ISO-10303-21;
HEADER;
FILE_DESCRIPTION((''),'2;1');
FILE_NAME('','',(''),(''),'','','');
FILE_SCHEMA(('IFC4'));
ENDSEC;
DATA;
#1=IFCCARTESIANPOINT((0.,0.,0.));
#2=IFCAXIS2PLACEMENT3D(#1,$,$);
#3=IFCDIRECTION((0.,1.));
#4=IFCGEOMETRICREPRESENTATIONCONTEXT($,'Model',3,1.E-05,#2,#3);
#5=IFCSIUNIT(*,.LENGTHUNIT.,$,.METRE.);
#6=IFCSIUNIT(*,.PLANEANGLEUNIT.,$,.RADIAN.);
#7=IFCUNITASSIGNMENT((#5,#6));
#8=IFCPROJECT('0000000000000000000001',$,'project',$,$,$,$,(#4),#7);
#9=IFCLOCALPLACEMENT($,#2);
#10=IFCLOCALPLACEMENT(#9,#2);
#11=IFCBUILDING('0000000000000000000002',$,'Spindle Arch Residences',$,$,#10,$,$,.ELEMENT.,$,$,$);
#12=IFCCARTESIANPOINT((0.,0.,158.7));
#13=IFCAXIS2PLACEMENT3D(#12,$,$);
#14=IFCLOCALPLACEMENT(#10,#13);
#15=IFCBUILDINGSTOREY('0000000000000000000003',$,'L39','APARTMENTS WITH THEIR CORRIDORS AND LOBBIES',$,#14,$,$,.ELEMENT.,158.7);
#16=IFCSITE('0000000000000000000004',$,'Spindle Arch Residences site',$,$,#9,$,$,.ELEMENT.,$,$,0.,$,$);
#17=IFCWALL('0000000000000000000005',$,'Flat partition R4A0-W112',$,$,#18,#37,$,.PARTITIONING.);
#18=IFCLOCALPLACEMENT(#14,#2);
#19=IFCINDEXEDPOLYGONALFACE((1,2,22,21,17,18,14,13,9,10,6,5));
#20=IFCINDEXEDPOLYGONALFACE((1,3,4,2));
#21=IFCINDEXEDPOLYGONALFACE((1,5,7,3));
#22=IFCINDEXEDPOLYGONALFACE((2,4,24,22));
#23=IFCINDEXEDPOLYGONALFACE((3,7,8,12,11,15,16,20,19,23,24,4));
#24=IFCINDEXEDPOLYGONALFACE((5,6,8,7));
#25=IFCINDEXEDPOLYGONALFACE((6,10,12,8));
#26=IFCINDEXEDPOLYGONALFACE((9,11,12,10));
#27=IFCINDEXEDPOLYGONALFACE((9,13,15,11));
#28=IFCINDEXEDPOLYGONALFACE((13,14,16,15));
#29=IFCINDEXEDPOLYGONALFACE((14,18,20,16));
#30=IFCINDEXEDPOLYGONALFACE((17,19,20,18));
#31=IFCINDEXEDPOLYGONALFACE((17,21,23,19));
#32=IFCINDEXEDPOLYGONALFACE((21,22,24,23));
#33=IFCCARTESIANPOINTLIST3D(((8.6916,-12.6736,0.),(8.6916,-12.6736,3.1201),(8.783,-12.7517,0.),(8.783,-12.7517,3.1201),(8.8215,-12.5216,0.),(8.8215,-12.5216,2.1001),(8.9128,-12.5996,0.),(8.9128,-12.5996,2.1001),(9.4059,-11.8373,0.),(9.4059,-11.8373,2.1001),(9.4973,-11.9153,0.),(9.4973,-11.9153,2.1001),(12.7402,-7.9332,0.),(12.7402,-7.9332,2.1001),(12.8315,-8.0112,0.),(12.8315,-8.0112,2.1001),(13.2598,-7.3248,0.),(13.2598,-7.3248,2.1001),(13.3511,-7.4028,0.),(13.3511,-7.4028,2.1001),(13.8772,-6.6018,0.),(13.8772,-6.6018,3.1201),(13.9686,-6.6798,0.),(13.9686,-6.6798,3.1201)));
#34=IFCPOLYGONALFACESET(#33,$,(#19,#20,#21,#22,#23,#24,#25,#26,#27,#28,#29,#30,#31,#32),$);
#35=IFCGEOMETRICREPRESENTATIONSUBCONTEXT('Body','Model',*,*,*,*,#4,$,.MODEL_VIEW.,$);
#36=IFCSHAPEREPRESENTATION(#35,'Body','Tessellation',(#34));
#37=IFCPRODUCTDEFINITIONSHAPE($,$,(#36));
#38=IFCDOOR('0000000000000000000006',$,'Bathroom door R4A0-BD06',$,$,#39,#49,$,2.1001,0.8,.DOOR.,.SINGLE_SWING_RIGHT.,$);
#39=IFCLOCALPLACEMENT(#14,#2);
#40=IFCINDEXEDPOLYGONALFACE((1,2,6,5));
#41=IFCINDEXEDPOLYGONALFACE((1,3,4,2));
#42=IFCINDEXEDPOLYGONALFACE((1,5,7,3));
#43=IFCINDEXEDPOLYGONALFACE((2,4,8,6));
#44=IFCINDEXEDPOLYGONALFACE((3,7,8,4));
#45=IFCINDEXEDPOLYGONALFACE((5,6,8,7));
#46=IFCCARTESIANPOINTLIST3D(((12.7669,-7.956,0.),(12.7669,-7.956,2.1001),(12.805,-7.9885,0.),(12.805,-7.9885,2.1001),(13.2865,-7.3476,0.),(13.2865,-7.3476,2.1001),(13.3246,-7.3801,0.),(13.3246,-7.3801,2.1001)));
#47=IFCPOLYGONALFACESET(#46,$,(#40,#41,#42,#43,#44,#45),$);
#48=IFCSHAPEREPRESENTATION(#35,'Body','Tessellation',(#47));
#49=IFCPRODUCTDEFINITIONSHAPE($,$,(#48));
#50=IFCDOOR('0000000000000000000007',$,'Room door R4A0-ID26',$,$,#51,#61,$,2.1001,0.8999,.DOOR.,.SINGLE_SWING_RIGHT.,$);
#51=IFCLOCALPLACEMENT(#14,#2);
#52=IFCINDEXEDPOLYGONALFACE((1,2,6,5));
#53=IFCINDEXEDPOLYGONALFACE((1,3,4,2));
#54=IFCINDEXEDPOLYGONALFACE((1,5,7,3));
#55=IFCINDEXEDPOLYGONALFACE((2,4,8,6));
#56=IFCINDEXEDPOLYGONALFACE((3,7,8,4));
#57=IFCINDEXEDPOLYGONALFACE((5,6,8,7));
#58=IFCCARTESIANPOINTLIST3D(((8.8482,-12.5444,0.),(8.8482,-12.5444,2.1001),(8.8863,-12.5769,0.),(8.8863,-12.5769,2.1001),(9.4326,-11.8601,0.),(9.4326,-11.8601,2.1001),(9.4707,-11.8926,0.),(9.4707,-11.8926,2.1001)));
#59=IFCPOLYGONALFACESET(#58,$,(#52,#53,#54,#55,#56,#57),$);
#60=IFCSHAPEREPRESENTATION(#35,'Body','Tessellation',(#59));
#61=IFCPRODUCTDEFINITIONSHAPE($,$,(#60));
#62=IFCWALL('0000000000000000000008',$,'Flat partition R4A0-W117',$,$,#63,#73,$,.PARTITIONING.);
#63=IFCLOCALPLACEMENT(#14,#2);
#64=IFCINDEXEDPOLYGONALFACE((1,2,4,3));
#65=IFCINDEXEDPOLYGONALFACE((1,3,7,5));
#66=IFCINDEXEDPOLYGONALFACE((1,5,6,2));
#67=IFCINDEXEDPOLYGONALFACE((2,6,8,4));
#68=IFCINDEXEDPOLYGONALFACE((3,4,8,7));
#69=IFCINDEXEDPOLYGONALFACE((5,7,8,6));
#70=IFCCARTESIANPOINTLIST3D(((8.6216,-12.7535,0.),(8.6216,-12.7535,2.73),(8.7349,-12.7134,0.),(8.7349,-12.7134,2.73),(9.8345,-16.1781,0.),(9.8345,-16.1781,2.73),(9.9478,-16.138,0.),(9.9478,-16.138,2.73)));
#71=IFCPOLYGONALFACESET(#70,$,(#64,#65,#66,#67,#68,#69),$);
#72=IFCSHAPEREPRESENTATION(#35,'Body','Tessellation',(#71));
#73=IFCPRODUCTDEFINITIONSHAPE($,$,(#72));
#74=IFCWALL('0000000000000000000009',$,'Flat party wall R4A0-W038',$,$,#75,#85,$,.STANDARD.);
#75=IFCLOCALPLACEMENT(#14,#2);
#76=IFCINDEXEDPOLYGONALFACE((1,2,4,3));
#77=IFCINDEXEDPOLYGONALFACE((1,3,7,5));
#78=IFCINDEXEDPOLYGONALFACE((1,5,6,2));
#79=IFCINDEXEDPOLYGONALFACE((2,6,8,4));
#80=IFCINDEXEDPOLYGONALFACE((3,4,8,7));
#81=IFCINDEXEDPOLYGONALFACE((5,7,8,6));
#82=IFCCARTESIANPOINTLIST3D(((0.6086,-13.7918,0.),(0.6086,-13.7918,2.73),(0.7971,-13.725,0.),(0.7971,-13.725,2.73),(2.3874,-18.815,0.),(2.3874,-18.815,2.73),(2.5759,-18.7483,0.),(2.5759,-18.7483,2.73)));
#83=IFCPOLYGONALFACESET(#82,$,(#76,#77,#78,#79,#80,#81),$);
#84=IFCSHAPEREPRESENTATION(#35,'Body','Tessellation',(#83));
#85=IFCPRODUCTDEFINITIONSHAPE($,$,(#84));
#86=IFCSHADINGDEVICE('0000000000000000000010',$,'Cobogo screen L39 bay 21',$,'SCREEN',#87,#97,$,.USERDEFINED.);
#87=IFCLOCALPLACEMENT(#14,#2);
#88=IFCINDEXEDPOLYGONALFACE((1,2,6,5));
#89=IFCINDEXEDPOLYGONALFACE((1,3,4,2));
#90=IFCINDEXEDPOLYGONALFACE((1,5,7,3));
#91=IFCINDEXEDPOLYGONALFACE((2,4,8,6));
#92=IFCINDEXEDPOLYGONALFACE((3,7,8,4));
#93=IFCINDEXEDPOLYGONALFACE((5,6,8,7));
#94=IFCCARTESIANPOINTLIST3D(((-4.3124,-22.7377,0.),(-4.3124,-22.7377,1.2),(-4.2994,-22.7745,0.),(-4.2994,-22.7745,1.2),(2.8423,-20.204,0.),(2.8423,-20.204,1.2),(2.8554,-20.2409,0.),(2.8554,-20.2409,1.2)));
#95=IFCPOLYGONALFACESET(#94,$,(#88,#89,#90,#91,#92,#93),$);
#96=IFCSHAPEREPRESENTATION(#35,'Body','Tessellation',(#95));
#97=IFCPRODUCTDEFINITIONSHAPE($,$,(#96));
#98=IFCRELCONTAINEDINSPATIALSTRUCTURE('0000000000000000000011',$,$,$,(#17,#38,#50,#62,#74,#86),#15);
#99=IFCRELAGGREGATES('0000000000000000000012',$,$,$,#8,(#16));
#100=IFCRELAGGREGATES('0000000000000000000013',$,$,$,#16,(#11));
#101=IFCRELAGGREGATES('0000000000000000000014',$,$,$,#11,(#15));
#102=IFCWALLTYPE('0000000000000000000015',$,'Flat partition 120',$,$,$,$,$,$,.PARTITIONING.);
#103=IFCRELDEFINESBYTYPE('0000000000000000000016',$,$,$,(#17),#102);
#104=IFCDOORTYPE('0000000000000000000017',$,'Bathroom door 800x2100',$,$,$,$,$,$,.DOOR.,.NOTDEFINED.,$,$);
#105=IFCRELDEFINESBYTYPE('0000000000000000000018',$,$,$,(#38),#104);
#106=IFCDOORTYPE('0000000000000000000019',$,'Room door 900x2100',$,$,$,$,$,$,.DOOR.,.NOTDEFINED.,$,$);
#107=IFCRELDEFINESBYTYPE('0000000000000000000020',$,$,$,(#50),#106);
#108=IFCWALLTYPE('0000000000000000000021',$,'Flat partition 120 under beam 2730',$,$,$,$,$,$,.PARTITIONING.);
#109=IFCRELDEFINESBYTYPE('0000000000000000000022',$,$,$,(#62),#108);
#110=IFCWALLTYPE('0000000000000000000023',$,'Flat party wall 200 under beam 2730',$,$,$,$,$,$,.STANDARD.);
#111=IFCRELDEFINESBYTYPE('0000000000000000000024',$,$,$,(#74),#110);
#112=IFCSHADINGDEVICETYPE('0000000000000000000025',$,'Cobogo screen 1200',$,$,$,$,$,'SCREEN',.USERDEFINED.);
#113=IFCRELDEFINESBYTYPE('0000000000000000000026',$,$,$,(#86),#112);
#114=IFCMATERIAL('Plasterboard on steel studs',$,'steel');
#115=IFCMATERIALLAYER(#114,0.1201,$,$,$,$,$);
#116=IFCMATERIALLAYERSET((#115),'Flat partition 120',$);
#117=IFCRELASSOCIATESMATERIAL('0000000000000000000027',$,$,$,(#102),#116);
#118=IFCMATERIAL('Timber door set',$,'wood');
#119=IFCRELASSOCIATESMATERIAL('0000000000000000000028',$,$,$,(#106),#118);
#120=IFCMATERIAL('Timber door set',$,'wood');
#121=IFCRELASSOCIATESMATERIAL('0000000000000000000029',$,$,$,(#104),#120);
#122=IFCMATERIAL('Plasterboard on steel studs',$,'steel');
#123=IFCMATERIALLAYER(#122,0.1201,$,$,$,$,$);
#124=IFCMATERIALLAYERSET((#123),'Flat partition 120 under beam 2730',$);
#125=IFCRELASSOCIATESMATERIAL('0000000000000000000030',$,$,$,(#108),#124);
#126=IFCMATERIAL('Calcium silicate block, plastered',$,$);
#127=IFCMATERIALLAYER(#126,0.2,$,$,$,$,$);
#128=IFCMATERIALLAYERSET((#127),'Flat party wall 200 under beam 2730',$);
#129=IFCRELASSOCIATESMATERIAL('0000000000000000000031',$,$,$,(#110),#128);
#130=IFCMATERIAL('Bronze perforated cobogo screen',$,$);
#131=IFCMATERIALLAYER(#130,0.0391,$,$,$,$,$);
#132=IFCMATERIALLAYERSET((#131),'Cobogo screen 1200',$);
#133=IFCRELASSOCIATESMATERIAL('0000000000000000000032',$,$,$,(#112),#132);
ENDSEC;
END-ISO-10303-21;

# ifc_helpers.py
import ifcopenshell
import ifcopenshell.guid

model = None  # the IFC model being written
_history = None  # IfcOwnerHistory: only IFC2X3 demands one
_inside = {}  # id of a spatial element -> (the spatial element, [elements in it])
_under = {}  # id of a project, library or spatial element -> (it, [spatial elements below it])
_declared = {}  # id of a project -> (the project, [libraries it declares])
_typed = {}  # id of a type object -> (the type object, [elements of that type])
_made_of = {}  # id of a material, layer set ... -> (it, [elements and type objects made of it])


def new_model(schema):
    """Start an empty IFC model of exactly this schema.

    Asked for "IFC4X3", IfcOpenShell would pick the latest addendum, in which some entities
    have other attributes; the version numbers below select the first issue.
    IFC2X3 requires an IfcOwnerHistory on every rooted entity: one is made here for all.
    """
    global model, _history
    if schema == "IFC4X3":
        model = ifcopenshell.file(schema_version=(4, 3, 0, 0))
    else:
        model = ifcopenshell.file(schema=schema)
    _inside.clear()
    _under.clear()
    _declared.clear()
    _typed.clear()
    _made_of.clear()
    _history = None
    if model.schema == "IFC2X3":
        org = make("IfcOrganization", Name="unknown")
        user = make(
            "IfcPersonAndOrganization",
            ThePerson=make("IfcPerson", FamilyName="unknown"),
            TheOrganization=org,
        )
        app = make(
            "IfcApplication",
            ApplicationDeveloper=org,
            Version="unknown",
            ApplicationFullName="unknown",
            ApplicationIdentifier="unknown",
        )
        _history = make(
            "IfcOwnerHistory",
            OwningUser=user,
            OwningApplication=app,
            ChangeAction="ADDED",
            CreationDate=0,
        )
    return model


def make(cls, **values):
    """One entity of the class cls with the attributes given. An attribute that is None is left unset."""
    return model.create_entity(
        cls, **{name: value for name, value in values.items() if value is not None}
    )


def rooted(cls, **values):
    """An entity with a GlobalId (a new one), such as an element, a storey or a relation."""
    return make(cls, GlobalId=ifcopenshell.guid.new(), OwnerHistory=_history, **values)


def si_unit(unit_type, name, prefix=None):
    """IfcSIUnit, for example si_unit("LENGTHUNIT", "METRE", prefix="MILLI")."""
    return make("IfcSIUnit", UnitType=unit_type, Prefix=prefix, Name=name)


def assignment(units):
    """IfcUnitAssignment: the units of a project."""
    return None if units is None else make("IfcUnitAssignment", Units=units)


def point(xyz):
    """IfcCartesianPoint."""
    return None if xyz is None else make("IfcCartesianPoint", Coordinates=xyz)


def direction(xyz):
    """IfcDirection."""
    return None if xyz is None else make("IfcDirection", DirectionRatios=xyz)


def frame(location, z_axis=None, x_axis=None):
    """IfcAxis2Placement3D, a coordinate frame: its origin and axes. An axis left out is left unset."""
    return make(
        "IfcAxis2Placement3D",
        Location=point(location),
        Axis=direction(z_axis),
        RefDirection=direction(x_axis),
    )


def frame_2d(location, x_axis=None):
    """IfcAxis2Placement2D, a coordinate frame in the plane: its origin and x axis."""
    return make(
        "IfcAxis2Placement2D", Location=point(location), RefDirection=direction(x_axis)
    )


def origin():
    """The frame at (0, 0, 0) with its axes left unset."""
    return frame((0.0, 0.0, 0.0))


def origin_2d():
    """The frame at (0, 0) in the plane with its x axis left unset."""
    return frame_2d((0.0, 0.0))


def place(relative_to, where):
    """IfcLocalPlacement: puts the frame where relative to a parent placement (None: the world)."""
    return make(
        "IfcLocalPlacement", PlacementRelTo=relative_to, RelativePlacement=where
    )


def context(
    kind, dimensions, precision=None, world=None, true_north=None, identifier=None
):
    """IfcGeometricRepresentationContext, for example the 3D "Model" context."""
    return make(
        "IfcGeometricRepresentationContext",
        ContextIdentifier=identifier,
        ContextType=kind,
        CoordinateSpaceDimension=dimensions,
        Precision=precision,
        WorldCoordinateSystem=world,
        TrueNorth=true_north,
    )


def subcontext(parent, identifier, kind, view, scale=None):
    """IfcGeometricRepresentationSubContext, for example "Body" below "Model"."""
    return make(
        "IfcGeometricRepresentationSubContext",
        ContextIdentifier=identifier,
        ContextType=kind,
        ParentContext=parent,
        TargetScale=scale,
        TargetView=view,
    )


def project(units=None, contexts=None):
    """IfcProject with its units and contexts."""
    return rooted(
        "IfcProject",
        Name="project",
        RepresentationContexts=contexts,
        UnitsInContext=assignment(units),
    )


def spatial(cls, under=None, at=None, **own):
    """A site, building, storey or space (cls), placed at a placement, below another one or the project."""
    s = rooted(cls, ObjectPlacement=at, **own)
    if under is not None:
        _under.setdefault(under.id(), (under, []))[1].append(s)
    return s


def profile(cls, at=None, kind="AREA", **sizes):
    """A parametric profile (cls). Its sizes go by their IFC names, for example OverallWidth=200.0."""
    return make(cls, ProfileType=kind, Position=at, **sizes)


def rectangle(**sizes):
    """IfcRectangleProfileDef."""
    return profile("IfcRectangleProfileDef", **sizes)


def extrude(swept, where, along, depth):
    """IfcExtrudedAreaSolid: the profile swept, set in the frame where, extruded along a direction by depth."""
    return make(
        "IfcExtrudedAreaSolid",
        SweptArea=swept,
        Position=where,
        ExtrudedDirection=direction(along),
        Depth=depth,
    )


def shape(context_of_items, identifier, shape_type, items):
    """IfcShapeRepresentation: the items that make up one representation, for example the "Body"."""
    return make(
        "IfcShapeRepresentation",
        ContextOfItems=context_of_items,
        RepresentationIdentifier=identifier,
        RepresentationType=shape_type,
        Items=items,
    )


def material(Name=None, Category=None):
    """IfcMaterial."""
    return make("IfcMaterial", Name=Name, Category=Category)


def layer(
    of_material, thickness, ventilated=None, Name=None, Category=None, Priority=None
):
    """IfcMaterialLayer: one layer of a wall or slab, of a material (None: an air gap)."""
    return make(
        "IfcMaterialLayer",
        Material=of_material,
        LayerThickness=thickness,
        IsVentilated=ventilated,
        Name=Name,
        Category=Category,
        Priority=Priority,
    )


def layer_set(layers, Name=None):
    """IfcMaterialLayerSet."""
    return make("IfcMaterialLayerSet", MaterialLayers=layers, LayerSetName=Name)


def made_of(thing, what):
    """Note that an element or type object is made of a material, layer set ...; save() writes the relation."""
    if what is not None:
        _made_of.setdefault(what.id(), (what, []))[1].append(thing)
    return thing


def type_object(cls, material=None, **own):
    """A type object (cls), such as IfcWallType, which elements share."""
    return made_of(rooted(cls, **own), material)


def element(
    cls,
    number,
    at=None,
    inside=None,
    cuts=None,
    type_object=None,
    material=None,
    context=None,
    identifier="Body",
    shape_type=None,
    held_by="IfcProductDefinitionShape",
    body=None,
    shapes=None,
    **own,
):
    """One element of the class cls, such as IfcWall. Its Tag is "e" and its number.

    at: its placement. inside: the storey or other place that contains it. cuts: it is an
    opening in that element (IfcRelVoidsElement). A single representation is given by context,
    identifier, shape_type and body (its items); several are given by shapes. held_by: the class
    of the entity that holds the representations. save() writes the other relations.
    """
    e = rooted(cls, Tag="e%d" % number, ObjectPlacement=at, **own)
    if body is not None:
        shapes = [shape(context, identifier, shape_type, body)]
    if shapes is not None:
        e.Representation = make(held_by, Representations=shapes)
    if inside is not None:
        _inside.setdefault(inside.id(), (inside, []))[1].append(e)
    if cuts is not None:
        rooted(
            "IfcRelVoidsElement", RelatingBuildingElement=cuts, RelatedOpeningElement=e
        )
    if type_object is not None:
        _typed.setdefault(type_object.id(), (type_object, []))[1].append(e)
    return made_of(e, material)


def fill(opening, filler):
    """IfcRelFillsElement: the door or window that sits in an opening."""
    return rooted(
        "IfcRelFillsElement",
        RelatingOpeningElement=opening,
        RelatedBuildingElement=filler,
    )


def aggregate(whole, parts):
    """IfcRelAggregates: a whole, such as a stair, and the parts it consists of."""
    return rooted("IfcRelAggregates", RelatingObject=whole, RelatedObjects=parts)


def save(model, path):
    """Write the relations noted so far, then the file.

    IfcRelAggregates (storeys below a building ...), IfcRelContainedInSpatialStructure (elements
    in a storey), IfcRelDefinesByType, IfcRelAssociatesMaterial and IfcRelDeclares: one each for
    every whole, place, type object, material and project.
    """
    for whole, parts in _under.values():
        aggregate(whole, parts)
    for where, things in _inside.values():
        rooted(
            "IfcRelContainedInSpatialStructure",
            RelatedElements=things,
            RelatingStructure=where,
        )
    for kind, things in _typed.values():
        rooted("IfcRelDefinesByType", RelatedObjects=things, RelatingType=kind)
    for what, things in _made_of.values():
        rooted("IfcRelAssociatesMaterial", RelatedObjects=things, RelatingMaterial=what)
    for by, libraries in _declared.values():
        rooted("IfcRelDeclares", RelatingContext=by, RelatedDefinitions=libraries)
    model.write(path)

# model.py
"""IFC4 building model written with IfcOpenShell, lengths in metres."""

from ifc_helpers import new_model, si_unit, direction, frame, frame_2d, origin, origin_2d, place, context, subcontext, project, spatial, rectangle, extrude, material, layer, layer_set, type_object, element, fill, save


model = new_model("IFC4")

# Units and contexts
model_context = context("Model", 3, precision=1e-05, world=origin(), true_north=direction((0.0, 1.0)))
body_context = subcontext(model_context, "Body", "Model", "MODEL_VIEW")
ifc_project = project(units=[si_unit("LENGTHUNIT", "METRE"), si_unit("PLANEANGLEUNIT", "RADIAN")], contexts=[model_context])

# Site, building, storey
site_placement = place(None, origin())
site = spatial("IfcSite", under=ifc_project, at=site_placement, Name="Spindle Arch Residences site", CompositionType="ELEMENT", RefElevation=0.0)
building_placement = place(site_placement, origin())
building = spatial("IfcBuilding", under=site, at=building_placement, Name="Spindle Arch Residences", CompositionType="ELEMENT")
storey_placement = place(building_placement, frame((0.0, 0.0, 158.7)))
storey = spatial("IfcBuildingStorey", under=building, at=storey_placement, Name="L39", Description="APARTMENTS WITH THEIR CORRIDORS AND LOBBIES", CompositionType="ELEMENT", Elevation=158.7)

# Shared definitions
ifc_material_1 = material(Name="Plasterboard on steel studs", Category="steel")
ifc_layer_1 = layer(ifc_material_1, 0.1201)
ifc_layer_set_1 = layer_set([ifc_layer_1], Name="Flat partition 120")
wall_type_1 = type_object("IfcWallType", Name="Flat partition 120", PredefinedType="PARTITIONING", material=ifc_layer_set_1)
ifc_material_2 = material(Name="Timber door set", Category="wood")
door_type_1 = type_object("IfcDoorType", Name="Room door 900x2100", OperationType="NOTDEFINED", PredefinedType="DOOR", material=ifc_material_2)

# Wall, openings, doors
wall_1_placement = place(storey_placement, frame((8.7373, -12.7126, 0.0), z_axis=(0.0, 0.0, 1.0), x_axis=(0.649431, 0.760421, 0.0)))
wall_1 = element("IfcWall", 1, at=wall_1_placement, inside=storey, type_object=wall_type_1, Name="Flat partition R4A0-W112", PredefinedType="PARTITIONING", context=body_context, shape_type="SweptSolid", body=[
    extrude(rectangle(XDim=7.9849, YDim=0.1201, at=frame_2d((3.9924, 0.0))), origin(), (0.0, 0.0, 1.0), 3.1201),
])
opening_1_placement = place(wall_1_placement, frame((0.2, 0.0, 0.0)))
opening_1 = element("IfcOpeningElement", 2, at=opening_1_placement, cuts=wall_1, PredefinedType="OPENING", context=body_context, shape_type="SweptSolid", body=[
    extrude(rectangle(XDim=0.8999, YDim=2.1001, at=frame_2d((0.45, 1.05))), frame((0.0, 0.0701, 0.0), z_axis=(0.0, -1.0, 0.0), x_axis=(1.0, 0.0, 0.0)), (0.0, 0.0, 1.0), 0.1401),
])
opening_2_placement = place(wall_1_placement, frame((6.2341, 0.0, 0.0)))
opening_2 = element("IfcOpeningElement", 3, at=opening_2_placement, cuts=wall_1, PredefinedType="OPENING", context=body_context, shape_type="SweptSolid", body=[
    extrude(rectangle(XDim=0.8, YDim=2.1001, at=frame_2d((0.3999, 1.05))), frame((0.0, 0.0701, 0.0), z_axis=(0.0, -1.0, 0.0), x_axis=(1.0, 0.0, 0.0)), (0.0, 0.0, 1.0), 0.1401),
])
ifc_material_3 = material(Name="Timber door set", Category="wood")
door_type_2 = type_object("IfcDoorType", Name="Bathroom door 800x2100", OperationType="NOTDEFINED", PredefinedType="DOOR", material=ifc_material_3)
door_1_placement = place(opening_2_placement, origin())
door_1 = element("IfcDoor", 4, at=door_1_placement, inside=storey, type_object=door_type_2, Name="Bathroom door R4A0-BD06", OperationType="SINGLE_SWING_RIGHT", OverallHeight=2.1001, OverallWidth=0.8, PredefinedType="DOOR", context=body_context, shape_type="SweptSolid", body=[
    extrude(rectangle(XDim=0.8, YDim=2.1001, at=frame_2d((0.3999, 1.05))), frame((0.0, 0.0249, 0.0), z_axis=(0.0, -1.0, 0.0), x_axis=(1.0, 0.0, 0.0)), (0.0, 0.0, 1.0), 0.05),
])
fill(opening_2, door_1)
door_2_placement = place(opening_1_placement, origin())
door_2 = element("IfcDoor", 5, at=door_2_placement, inside=storey, type_object=door_type_1, Name="Room door R4A0-ID26", OperationType="SINGLE_SWING_RIGHT", OverallHeight=2.1001, OverallWidth=0.8999, PredefinedType="DOOR", context=body_context, shape_type="SweptSolid", body=[
    extrude(rectangle(XDim=0.8999, YDim=2.1001, at=frame_2d((0.45, 1.05))), frame((0.0, 0.0249, 0.0), z_axis=(0.0, -1.0, 0.0), x_axis=(1.0, 0.0, 0.0)), (0.0, 0.0, 1.0), 0.05),
])
fill(opening_1, door_2)

# Walls
ifc_material_4 = material(Name="Plasterboard on steel studs", Category="steel")
ifc_layer_2 = layer(ifc_material_4, 0.1201)
ifc_layer_set_2 = layer_set([ifc_layer_2], Name="Flat partition 120 under beam 2730")
wall_type_2 = type_object("IfcWallType", Name="Flat partition 120 under beam 2730", PredefinedType="PARTITIONING", material=ifc_layer_set_2)
wall_2_placement = place(storey_placement, frame((9.8911, -16.158, 0.0), z_axis=(0.0, 0.0, 1.0), x_axis=(-0.333853, 0.942625, 0.0)))
element("IfcWall", 6, at=wall_2_placement, inside=storey, type_object=wall_type_2, Name="Flat partition R4A0-W117", PredefinedType="PARTITIONING", context=body_context, shape_type="SweptSolid", body=[
    extrude(rectangle(XDim=3.6331, YDim=0.1201, at=frame_2d((1.8164, 0.0))), origin(), (0.0, 0.0, 1.0), 2.73),
])
ifc_material_5 = material(Name="Calcium silicate block, plastered")
ifc_layer_3 = layer(ifc_material_5, 0.2)
ifc_layer_set_3 = layer_set([ifc_layer_3], Name="Flat party wall 200 under beam 2730")
wall_type_3 = type_object("IfcWallType", Name="Flat party wall 200 under beam 2730", PredefinedType="STANDARD", material=ifc_layer_set_3)
wall_3_placement = place(storey_placement, frame((2.4817, -18.7817, 0.0), z_axis=(0.0, 0.0, 1.0), x_axis=(-0.333807, 0.942641, 0.0)))
element("IfcWall", 7, at=wall_3_placement, inside=storey, type_object=wall_type_3, Name="Flat party wall R4A0-W038", PredefinedType="STANDARD", context=body_context, shape_type="SweptSolid", body=[
    extrude(rectangle(XDim=5.3289, YDim=0.2, at=frame_2d((2.6646, 0.0))), origin(), (0.0, 0.0, 1.0), 2.73),
])

# Shading device
ifc_material_6 = material(Name="Bronze perforated cobogo screen")
ifc_layer_4 = layer(ifc_material_6, 0.0391)
ifc_layer_set_4 = layer_set([ifc_layer_4], Name="Cobogo screen 1200")
shading_device_type = type_object("IfcShadingDeviceType", Name="Cobogo screen 1200", ElementType="SCREEN", PredefinedType="USERDEFINED", material=ifc_layer_set_4)
shading_device_placement = place(storey_placement, frame((-0.7285, -21.4893, 0.0), z_axis=(0.0, 0.0, 1.0), x_axis=(0.942641, 0.333807, 0.0)))
element("IfcShadingDevice", 8, at=shading_device_placement, inside=storey, type_object=shading_device_type, Name="Cobogo screen L39 bay 21", ObjectType="SCREEN", PredefinedType="USERDEFINED", context=body_context, shape_type="SweptSolid", body=[
    extrude(rectangle(XDim=7.5901, YDim=0.0391, at=origin_2d()), origin(), (0.0, 0.0, 1.0), 1.2),
])

save(model, "model.ifc")
